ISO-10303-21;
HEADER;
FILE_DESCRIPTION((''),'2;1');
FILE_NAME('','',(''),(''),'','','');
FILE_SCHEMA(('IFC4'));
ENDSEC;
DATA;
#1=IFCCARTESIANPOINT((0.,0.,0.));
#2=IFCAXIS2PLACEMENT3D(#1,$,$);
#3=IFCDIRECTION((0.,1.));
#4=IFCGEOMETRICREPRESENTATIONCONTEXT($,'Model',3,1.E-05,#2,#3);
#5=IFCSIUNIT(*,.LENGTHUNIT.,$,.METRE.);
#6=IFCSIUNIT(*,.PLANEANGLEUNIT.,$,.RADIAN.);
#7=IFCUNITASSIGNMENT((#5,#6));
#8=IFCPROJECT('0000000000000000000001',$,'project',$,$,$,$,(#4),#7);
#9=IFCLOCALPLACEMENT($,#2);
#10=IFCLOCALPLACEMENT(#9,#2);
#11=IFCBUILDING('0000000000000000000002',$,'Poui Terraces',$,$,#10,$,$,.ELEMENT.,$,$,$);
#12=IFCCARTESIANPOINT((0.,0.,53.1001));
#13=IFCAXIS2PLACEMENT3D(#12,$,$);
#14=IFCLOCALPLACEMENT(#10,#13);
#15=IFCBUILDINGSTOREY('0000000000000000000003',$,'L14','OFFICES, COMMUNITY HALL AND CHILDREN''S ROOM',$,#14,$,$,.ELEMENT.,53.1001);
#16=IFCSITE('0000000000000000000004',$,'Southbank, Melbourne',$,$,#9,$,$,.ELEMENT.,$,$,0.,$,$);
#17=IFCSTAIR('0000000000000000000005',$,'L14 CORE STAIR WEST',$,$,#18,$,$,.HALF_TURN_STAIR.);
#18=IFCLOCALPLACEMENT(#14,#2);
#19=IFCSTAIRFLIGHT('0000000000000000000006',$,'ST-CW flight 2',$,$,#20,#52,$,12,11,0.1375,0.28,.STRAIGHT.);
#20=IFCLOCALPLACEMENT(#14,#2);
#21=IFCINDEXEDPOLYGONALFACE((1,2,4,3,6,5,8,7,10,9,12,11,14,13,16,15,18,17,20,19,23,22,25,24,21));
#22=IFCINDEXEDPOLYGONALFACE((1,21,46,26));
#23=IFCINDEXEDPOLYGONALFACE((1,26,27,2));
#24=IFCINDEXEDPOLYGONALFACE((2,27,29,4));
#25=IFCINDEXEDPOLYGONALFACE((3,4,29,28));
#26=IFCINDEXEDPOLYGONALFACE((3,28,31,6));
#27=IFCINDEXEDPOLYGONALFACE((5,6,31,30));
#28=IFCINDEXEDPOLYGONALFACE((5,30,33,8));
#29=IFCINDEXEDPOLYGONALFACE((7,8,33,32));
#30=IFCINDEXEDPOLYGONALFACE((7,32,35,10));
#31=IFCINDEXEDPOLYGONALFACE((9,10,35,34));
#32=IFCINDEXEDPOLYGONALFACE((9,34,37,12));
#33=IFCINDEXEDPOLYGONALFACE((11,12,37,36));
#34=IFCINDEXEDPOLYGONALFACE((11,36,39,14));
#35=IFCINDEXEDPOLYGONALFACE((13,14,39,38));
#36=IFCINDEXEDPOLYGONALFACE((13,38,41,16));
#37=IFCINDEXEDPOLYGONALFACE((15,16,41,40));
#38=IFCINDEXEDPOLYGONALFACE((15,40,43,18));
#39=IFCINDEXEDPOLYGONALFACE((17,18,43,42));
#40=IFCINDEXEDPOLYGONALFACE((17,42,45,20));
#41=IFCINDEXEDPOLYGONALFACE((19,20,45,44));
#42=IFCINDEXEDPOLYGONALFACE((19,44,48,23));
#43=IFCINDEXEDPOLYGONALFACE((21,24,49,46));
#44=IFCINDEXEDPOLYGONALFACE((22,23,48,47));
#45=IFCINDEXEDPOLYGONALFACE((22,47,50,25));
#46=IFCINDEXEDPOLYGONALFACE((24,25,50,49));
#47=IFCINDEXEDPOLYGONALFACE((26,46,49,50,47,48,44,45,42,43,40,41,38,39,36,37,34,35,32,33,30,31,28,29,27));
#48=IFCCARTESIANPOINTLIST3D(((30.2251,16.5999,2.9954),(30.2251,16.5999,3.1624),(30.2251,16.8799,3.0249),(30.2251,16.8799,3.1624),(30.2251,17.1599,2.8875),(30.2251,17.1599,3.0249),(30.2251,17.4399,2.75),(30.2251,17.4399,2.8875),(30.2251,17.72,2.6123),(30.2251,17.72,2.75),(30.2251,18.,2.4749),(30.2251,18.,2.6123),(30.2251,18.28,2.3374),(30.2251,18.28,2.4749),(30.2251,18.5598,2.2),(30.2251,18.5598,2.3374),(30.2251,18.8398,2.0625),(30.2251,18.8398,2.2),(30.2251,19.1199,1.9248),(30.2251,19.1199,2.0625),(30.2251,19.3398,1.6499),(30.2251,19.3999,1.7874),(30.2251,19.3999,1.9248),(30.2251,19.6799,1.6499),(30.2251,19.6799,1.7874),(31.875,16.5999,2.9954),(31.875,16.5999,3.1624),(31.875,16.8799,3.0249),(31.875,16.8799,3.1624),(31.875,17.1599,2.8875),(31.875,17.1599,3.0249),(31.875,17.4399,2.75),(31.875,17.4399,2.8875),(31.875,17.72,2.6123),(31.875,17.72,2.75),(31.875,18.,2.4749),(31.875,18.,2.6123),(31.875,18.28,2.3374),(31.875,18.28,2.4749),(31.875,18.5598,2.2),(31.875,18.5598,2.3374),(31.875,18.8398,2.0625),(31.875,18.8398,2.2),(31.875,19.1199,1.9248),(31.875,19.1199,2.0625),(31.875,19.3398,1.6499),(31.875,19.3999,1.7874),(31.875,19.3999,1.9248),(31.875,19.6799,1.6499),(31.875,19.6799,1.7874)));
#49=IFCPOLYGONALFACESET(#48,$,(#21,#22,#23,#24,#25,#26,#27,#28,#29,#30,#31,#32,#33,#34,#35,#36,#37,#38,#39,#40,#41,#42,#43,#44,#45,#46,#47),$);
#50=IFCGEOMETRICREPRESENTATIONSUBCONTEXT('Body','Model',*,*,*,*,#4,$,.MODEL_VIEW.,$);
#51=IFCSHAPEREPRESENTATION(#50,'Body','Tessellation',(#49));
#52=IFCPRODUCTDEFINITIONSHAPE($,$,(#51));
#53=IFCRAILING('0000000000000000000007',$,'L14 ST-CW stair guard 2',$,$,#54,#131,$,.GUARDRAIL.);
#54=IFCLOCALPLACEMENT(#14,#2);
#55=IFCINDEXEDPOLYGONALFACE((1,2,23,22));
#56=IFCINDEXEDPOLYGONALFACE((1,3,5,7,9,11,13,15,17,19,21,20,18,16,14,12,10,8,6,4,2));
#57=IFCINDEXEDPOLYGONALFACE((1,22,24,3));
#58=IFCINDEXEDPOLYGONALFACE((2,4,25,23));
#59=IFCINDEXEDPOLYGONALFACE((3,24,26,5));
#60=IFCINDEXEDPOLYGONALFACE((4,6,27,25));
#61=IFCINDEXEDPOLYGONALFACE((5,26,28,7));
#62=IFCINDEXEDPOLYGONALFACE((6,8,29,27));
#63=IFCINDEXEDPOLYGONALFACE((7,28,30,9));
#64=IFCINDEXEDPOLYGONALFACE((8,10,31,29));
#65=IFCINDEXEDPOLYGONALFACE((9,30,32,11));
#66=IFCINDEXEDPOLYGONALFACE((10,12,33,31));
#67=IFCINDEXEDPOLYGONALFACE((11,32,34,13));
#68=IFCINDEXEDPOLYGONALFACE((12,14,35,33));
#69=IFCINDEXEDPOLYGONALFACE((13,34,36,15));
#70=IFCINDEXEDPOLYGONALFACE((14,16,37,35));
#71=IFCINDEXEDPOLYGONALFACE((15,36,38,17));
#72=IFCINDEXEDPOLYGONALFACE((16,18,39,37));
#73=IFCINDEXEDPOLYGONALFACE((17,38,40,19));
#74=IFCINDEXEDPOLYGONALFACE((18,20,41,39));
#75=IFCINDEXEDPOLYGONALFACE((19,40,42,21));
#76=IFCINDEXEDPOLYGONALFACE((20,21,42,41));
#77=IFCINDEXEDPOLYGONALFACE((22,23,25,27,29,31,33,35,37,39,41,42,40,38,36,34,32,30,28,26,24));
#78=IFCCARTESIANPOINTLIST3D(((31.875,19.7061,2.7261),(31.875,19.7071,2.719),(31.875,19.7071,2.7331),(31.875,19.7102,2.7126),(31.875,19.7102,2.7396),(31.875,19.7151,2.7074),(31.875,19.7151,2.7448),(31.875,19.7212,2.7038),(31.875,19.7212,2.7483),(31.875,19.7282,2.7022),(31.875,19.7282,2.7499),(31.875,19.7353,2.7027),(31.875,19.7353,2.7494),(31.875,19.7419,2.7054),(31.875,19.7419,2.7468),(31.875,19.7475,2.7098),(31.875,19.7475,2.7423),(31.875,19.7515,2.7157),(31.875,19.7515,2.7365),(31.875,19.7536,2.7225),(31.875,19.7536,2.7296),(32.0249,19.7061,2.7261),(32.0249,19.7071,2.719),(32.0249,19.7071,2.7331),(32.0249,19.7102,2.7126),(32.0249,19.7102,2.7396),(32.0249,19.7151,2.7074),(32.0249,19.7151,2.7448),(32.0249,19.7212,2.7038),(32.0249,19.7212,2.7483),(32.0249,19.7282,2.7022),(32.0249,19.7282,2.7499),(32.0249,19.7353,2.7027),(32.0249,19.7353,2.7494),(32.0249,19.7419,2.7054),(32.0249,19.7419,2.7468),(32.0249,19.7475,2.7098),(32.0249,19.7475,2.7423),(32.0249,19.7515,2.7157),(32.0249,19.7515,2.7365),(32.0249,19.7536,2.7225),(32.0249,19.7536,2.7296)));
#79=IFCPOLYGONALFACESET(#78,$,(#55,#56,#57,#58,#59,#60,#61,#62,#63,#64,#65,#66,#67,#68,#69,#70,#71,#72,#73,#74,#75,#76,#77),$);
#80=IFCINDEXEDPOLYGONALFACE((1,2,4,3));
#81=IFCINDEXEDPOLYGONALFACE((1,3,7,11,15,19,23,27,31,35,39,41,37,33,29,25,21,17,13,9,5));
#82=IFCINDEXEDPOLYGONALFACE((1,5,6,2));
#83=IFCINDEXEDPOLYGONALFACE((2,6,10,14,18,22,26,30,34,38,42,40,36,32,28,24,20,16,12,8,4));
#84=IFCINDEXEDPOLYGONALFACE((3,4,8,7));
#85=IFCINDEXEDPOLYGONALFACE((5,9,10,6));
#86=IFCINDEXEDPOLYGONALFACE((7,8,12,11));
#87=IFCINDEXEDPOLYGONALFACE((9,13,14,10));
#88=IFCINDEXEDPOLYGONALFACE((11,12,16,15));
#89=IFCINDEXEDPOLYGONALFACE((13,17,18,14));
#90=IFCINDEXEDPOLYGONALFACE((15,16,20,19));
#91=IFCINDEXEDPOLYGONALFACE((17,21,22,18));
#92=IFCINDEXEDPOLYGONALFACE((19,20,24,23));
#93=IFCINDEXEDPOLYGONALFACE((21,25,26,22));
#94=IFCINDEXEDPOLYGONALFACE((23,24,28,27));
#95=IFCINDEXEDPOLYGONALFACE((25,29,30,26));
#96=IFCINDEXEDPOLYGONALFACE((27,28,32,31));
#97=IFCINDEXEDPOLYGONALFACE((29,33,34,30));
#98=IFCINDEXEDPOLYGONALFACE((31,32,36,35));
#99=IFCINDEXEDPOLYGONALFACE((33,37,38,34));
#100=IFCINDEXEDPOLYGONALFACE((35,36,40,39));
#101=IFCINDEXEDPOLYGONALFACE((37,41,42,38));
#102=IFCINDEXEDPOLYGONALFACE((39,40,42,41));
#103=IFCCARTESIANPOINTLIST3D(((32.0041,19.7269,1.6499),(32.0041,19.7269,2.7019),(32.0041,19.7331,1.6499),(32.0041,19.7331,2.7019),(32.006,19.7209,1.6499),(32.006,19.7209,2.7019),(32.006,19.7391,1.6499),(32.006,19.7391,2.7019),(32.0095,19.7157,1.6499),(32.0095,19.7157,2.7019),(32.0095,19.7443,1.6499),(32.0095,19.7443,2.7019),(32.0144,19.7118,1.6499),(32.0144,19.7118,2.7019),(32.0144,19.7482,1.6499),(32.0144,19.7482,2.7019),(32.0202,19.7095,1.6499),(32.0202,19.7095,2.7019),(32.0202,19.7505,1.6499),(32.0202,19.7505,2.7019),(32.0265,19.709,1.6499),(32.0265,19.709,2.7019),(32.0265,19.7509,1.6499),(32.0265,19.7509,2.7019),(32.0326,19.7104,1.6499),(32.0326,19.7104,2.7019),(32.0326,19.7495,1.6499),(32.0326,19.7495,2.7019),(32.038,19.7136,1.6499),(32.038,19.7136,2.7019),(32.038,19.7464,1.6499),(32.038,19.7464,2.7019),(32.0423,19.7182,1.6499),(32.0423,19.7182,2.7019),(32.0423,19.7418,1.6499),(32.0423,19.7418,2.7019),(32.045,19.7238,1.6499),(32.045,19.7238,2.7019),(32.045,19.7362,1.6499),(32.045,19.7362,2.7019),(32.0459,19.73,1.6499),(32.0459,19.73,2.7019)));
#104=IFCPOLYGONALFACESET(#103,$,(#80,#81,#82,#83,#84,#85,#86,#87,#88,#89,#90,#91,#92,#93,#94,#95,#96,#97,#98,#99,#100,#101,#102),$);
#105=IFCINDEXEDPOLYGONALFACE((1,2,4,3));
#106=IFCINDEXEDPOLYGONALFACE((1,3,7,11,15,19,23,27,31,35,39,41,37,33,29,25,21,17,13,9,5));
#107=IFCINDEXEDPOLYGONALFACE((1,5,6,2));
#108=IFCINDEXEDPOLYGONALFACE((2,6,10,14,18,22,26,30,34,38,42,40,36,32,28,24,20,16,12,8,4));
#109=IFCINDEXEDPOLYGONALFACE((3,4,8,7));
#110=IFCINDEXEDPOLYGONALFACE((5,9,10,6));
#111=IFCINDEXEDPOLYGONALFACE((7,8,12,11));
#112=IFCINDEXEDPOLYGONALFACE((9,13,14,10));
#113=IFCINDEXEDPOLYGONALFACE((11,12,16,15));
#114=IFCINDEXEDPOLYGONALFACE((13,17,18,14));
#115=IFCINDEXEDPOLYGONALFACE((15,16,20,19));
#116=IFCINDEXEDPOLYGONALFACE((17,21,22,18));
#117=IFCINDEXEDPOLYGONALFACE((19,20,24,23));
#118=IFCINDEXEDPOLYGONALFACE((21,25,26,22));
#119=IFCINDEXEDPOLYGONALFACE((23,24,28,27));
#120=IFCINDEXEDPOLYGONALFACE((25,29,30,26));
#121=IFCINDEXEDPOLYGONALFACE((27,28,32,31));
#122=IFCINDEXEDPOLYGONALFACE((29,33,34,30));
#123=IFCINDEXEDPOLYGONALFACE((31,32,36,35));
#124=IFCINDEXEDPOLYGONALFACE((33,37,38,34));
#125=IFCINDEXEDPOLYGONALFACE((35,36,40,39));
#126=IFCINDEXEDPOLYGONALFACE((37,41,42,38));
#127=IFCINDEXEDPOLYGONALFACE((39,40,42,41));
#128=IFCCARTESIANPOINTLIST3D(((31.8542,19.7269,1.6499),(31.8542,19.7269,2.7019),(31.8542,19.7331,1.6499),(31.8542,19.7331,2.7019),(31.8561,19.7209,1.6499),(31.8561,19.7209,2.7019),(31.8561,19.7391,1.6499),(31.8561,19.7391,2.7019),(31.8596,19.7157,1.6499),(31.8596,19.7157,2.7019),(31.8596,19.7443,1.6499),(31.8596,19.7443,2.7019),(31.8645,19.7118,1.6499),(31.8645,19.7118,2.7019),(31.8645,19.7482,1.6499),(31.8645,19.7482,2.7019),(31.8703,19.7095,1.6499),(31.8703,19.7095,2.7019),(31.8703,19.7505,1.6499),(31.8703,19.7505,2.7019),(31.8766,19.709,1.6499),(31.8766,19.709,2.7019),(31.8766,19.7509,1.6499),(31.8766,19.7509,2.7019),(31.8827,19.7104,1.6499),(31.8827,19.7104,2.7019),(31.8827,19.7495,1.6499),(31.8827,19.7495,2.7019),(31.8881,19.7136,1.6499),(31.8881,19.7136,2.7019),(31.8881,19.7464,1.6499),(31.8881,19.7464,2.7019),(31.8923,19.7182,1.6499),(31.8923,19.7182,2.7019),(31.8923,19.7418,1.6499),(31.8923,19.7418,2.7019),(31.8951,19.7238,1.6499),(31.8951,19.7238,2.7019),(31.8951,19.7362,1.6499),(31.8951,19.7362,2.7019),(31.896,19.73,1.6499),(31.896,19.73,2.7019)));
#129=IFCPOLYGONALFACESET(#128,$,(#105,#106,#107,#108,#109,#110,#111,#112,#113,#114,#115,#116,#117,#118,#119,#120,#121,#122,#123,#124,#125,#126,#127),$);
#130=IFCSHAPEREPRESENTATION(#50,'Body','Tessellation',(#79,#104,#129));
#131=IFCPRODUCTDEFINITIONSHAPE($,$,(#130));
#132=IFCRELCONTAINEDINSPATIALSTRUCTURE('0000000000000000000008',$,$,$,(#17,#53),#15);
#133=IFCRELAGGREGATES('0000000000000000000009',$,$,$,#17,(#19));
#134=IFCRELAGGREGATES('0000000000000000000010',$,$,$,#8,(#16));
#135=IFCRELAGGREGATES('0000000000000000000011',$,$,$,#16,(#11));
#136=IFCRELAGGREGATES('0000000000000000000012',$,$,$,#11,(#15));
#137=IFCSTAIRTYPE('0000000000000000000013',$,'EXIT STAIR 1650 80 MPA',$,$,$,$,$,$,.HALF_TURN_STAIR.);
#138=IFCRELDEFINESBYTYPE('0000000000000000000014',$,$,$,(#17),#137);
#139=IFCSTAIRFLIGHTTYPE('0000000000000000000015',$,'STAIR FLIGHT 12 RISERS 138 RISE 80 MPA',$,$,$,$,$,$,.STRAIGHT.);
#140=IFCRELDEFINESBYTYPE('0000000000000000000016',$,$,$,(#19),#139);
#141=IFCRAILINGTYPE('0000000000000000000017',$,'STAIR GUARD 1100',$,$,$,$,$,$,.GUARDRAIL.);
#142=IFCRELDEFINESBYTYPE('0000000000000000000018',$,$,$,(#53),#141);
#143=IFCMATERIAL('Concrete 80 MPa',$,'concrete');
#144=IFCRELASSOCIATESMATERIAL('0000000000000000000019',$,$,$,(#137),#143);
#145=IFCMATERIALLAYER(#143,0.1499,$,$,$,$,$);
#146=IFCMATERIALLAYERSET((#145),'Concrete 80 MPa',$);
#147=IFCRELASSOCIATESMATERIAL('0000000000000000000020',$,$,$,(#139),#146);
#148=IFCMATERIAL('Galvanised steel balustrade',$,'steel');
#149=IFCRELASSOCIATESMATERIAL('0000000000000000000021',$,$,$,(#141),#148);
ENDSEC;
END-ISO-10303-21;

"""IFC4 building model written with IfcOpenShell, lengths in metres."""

from ifc_helpers import new_model, si_unit, direction, frame, origin, origin_2d, place, context, subcontext, project, spatial, polyline, circle, outline, extrude, material, layer, layer_set, type_object, element, aggregate, save


model = new_model("IFC4")

# Units and contexts
model_context = context("Model", 3, precision=1e-05, world=origin(), true_north=direction((0.0, 1.0)))
body_context = subcontext(model_context, "Body", "Model", "MODEL_VIEW")
ifc_project = project(units=[si_unit("LENGTHUNIT", "METRE"), si_unit("PLANEANGLEUNIT", "RADIAN")], contexts=[model_context])

# Site, building, storey
site_placement = place(None, origin())
site = spatial("IfcSite", under=ifc_project, at=site_placement, Name="Southbank, Melbourne", CompositionType="ELEMENT", RefElevation=0.0)
building_placement = place(site_placement, origin())
building = spatial("IfcBuilding", under=site, at=building_placement, Name="Poui Terraces", CompositionType="ELEMENT")
storey_placement = place(building_placement, frame((0.0, 0.0, 53.1001)))
storey = spatial("IfcBuildingStorey", under=building, at=storey_placement, Name="L14", Description="OFFICES, COMMUNITY HALL AND CHILDREN'S ROOM", CompositionType="ELEMENT", Elevation=53.1001)

# Shared definitions
ifc_material_1 = material(Name="Concrete 80 MPa", Category="concrete")

# Stair, stair flight
stair_type = type_object("IfcStairType", Name="EXIT STAIR 1650 80 MPA", PredefinedType="HALF_TURN_STAIR", material=ifc_material_1)
stair_placement = place(storey_placement, origin())
stair = element("IfcStair", 1, at=stair_placement, inside=storey, type_object=stair_type, Name="L14 CORE STAIR WEST", PredefinedType="HALF_TURN_STAIR")
ifc_layer_1 = layer(ifc_material_1, 0.1499)
ifc_layer_set_1 = layer_set([ifc_layer_1], Name="Concrete 80 MPa")
stair_flight_type = type_object("IfcStairFlightType", Name="STAIR FLIGHT 12 RISERS 138 RISE 80 MPA", PredefinedType="STRAIGHT", material=ifc_layer_set_1)
stair_flight_placement = place(storey_placement, frame((31.05, 19.6799, 1.6499), z_axis=(0.0, 0.0, 1.0), x_axis=(0.0, -1.0, 0.0)))
stair_flight = element("IfcStairFlight", 2, at=stair_flight_placement, type_object=stair_flight_type, Name="ST-CW flight 2", NumberOfRisers=12, NumberOfTreads=11, PredefinedType="STRAIGHT", RiserHeight=0.1375, TreadLength=0.28, context=body_context, shape_type="SweptSolid", body=[
    extrude(outline(polyline([(0.0, 0.0), (0.0, 0.1375), (0.28, 0.1375), (0.28, 0.2749), (0.5601, 0.2749), (0.5601, 0.4126), (0.8401, 0.4126), (0.8401, 0.55), (1.1201, 0.55), (1.1201, 0.6875), (1.3999, 0.6875), (1.3999, 0.825), (1.6799, 0.825), (1.6799, 0.9624), (1.96, 0.9624), (1.96, 1.1001), (2.24, 1.1001), (2.24, 1.2375), (2.52, 1.2375), (2.52, 1.375), (2.8, 1.375), (2.8, 1.5125), (3.0801, 1.5125), (3.0801, 1.6499), (3.0801, 1.3455), (0.3401, 0.0), (0.0, 0.0)])), frame((0.0, 0.825, 0.0), z_axis=(0.0, -1.0, 0.0), x_axis=(1.0, 0.0, 0.0)), (0.0, 0.0, 1.0), 1.6499),
])
aggregate(stair, [stair_flight])

# Railing
ifc_material_2 = material(Name="Galvanised steel balustrade", Category="steel")
railing_type = type_object("IfcRailingType", Name="STAIR GUARD 1100", PredefinedType="GUARDRAIL", material=ifc_material_2)
railing_1_placement = place(storey_placement, frame((32.0249, 19.73, 1.6499)))
element("IfcRailing", 3, at=railing_1_placement, inside=storey, type_object=railing_type, Name="L14 ST-CW stair guard 2", PredefinedType="GUARDRAIL", context=body_context, shape_type="SweptSolid", body=[
    extrude(circle(Radius=0.0239, at=origin_2d()), frame((0.0, 0.0, 1.0762), z_axis=(-1.0, 0.0, 0.0), x_axis=(0.0, -1.0, 0.0)), (0.0, 0.0, 1.0), 0.1499),
    extrude(circle(Radius=0.021, at=origin_2d()), origin(), (0.0, 0.0, 1.0), 1.052),
    extrude(circle(Radius=0.021, at=origin_2d()), frame((-0.1499, 0.0, 0.0)), (0.0, 0.0, 1.0), 1.052),
])

save(model, "model.ifc")
